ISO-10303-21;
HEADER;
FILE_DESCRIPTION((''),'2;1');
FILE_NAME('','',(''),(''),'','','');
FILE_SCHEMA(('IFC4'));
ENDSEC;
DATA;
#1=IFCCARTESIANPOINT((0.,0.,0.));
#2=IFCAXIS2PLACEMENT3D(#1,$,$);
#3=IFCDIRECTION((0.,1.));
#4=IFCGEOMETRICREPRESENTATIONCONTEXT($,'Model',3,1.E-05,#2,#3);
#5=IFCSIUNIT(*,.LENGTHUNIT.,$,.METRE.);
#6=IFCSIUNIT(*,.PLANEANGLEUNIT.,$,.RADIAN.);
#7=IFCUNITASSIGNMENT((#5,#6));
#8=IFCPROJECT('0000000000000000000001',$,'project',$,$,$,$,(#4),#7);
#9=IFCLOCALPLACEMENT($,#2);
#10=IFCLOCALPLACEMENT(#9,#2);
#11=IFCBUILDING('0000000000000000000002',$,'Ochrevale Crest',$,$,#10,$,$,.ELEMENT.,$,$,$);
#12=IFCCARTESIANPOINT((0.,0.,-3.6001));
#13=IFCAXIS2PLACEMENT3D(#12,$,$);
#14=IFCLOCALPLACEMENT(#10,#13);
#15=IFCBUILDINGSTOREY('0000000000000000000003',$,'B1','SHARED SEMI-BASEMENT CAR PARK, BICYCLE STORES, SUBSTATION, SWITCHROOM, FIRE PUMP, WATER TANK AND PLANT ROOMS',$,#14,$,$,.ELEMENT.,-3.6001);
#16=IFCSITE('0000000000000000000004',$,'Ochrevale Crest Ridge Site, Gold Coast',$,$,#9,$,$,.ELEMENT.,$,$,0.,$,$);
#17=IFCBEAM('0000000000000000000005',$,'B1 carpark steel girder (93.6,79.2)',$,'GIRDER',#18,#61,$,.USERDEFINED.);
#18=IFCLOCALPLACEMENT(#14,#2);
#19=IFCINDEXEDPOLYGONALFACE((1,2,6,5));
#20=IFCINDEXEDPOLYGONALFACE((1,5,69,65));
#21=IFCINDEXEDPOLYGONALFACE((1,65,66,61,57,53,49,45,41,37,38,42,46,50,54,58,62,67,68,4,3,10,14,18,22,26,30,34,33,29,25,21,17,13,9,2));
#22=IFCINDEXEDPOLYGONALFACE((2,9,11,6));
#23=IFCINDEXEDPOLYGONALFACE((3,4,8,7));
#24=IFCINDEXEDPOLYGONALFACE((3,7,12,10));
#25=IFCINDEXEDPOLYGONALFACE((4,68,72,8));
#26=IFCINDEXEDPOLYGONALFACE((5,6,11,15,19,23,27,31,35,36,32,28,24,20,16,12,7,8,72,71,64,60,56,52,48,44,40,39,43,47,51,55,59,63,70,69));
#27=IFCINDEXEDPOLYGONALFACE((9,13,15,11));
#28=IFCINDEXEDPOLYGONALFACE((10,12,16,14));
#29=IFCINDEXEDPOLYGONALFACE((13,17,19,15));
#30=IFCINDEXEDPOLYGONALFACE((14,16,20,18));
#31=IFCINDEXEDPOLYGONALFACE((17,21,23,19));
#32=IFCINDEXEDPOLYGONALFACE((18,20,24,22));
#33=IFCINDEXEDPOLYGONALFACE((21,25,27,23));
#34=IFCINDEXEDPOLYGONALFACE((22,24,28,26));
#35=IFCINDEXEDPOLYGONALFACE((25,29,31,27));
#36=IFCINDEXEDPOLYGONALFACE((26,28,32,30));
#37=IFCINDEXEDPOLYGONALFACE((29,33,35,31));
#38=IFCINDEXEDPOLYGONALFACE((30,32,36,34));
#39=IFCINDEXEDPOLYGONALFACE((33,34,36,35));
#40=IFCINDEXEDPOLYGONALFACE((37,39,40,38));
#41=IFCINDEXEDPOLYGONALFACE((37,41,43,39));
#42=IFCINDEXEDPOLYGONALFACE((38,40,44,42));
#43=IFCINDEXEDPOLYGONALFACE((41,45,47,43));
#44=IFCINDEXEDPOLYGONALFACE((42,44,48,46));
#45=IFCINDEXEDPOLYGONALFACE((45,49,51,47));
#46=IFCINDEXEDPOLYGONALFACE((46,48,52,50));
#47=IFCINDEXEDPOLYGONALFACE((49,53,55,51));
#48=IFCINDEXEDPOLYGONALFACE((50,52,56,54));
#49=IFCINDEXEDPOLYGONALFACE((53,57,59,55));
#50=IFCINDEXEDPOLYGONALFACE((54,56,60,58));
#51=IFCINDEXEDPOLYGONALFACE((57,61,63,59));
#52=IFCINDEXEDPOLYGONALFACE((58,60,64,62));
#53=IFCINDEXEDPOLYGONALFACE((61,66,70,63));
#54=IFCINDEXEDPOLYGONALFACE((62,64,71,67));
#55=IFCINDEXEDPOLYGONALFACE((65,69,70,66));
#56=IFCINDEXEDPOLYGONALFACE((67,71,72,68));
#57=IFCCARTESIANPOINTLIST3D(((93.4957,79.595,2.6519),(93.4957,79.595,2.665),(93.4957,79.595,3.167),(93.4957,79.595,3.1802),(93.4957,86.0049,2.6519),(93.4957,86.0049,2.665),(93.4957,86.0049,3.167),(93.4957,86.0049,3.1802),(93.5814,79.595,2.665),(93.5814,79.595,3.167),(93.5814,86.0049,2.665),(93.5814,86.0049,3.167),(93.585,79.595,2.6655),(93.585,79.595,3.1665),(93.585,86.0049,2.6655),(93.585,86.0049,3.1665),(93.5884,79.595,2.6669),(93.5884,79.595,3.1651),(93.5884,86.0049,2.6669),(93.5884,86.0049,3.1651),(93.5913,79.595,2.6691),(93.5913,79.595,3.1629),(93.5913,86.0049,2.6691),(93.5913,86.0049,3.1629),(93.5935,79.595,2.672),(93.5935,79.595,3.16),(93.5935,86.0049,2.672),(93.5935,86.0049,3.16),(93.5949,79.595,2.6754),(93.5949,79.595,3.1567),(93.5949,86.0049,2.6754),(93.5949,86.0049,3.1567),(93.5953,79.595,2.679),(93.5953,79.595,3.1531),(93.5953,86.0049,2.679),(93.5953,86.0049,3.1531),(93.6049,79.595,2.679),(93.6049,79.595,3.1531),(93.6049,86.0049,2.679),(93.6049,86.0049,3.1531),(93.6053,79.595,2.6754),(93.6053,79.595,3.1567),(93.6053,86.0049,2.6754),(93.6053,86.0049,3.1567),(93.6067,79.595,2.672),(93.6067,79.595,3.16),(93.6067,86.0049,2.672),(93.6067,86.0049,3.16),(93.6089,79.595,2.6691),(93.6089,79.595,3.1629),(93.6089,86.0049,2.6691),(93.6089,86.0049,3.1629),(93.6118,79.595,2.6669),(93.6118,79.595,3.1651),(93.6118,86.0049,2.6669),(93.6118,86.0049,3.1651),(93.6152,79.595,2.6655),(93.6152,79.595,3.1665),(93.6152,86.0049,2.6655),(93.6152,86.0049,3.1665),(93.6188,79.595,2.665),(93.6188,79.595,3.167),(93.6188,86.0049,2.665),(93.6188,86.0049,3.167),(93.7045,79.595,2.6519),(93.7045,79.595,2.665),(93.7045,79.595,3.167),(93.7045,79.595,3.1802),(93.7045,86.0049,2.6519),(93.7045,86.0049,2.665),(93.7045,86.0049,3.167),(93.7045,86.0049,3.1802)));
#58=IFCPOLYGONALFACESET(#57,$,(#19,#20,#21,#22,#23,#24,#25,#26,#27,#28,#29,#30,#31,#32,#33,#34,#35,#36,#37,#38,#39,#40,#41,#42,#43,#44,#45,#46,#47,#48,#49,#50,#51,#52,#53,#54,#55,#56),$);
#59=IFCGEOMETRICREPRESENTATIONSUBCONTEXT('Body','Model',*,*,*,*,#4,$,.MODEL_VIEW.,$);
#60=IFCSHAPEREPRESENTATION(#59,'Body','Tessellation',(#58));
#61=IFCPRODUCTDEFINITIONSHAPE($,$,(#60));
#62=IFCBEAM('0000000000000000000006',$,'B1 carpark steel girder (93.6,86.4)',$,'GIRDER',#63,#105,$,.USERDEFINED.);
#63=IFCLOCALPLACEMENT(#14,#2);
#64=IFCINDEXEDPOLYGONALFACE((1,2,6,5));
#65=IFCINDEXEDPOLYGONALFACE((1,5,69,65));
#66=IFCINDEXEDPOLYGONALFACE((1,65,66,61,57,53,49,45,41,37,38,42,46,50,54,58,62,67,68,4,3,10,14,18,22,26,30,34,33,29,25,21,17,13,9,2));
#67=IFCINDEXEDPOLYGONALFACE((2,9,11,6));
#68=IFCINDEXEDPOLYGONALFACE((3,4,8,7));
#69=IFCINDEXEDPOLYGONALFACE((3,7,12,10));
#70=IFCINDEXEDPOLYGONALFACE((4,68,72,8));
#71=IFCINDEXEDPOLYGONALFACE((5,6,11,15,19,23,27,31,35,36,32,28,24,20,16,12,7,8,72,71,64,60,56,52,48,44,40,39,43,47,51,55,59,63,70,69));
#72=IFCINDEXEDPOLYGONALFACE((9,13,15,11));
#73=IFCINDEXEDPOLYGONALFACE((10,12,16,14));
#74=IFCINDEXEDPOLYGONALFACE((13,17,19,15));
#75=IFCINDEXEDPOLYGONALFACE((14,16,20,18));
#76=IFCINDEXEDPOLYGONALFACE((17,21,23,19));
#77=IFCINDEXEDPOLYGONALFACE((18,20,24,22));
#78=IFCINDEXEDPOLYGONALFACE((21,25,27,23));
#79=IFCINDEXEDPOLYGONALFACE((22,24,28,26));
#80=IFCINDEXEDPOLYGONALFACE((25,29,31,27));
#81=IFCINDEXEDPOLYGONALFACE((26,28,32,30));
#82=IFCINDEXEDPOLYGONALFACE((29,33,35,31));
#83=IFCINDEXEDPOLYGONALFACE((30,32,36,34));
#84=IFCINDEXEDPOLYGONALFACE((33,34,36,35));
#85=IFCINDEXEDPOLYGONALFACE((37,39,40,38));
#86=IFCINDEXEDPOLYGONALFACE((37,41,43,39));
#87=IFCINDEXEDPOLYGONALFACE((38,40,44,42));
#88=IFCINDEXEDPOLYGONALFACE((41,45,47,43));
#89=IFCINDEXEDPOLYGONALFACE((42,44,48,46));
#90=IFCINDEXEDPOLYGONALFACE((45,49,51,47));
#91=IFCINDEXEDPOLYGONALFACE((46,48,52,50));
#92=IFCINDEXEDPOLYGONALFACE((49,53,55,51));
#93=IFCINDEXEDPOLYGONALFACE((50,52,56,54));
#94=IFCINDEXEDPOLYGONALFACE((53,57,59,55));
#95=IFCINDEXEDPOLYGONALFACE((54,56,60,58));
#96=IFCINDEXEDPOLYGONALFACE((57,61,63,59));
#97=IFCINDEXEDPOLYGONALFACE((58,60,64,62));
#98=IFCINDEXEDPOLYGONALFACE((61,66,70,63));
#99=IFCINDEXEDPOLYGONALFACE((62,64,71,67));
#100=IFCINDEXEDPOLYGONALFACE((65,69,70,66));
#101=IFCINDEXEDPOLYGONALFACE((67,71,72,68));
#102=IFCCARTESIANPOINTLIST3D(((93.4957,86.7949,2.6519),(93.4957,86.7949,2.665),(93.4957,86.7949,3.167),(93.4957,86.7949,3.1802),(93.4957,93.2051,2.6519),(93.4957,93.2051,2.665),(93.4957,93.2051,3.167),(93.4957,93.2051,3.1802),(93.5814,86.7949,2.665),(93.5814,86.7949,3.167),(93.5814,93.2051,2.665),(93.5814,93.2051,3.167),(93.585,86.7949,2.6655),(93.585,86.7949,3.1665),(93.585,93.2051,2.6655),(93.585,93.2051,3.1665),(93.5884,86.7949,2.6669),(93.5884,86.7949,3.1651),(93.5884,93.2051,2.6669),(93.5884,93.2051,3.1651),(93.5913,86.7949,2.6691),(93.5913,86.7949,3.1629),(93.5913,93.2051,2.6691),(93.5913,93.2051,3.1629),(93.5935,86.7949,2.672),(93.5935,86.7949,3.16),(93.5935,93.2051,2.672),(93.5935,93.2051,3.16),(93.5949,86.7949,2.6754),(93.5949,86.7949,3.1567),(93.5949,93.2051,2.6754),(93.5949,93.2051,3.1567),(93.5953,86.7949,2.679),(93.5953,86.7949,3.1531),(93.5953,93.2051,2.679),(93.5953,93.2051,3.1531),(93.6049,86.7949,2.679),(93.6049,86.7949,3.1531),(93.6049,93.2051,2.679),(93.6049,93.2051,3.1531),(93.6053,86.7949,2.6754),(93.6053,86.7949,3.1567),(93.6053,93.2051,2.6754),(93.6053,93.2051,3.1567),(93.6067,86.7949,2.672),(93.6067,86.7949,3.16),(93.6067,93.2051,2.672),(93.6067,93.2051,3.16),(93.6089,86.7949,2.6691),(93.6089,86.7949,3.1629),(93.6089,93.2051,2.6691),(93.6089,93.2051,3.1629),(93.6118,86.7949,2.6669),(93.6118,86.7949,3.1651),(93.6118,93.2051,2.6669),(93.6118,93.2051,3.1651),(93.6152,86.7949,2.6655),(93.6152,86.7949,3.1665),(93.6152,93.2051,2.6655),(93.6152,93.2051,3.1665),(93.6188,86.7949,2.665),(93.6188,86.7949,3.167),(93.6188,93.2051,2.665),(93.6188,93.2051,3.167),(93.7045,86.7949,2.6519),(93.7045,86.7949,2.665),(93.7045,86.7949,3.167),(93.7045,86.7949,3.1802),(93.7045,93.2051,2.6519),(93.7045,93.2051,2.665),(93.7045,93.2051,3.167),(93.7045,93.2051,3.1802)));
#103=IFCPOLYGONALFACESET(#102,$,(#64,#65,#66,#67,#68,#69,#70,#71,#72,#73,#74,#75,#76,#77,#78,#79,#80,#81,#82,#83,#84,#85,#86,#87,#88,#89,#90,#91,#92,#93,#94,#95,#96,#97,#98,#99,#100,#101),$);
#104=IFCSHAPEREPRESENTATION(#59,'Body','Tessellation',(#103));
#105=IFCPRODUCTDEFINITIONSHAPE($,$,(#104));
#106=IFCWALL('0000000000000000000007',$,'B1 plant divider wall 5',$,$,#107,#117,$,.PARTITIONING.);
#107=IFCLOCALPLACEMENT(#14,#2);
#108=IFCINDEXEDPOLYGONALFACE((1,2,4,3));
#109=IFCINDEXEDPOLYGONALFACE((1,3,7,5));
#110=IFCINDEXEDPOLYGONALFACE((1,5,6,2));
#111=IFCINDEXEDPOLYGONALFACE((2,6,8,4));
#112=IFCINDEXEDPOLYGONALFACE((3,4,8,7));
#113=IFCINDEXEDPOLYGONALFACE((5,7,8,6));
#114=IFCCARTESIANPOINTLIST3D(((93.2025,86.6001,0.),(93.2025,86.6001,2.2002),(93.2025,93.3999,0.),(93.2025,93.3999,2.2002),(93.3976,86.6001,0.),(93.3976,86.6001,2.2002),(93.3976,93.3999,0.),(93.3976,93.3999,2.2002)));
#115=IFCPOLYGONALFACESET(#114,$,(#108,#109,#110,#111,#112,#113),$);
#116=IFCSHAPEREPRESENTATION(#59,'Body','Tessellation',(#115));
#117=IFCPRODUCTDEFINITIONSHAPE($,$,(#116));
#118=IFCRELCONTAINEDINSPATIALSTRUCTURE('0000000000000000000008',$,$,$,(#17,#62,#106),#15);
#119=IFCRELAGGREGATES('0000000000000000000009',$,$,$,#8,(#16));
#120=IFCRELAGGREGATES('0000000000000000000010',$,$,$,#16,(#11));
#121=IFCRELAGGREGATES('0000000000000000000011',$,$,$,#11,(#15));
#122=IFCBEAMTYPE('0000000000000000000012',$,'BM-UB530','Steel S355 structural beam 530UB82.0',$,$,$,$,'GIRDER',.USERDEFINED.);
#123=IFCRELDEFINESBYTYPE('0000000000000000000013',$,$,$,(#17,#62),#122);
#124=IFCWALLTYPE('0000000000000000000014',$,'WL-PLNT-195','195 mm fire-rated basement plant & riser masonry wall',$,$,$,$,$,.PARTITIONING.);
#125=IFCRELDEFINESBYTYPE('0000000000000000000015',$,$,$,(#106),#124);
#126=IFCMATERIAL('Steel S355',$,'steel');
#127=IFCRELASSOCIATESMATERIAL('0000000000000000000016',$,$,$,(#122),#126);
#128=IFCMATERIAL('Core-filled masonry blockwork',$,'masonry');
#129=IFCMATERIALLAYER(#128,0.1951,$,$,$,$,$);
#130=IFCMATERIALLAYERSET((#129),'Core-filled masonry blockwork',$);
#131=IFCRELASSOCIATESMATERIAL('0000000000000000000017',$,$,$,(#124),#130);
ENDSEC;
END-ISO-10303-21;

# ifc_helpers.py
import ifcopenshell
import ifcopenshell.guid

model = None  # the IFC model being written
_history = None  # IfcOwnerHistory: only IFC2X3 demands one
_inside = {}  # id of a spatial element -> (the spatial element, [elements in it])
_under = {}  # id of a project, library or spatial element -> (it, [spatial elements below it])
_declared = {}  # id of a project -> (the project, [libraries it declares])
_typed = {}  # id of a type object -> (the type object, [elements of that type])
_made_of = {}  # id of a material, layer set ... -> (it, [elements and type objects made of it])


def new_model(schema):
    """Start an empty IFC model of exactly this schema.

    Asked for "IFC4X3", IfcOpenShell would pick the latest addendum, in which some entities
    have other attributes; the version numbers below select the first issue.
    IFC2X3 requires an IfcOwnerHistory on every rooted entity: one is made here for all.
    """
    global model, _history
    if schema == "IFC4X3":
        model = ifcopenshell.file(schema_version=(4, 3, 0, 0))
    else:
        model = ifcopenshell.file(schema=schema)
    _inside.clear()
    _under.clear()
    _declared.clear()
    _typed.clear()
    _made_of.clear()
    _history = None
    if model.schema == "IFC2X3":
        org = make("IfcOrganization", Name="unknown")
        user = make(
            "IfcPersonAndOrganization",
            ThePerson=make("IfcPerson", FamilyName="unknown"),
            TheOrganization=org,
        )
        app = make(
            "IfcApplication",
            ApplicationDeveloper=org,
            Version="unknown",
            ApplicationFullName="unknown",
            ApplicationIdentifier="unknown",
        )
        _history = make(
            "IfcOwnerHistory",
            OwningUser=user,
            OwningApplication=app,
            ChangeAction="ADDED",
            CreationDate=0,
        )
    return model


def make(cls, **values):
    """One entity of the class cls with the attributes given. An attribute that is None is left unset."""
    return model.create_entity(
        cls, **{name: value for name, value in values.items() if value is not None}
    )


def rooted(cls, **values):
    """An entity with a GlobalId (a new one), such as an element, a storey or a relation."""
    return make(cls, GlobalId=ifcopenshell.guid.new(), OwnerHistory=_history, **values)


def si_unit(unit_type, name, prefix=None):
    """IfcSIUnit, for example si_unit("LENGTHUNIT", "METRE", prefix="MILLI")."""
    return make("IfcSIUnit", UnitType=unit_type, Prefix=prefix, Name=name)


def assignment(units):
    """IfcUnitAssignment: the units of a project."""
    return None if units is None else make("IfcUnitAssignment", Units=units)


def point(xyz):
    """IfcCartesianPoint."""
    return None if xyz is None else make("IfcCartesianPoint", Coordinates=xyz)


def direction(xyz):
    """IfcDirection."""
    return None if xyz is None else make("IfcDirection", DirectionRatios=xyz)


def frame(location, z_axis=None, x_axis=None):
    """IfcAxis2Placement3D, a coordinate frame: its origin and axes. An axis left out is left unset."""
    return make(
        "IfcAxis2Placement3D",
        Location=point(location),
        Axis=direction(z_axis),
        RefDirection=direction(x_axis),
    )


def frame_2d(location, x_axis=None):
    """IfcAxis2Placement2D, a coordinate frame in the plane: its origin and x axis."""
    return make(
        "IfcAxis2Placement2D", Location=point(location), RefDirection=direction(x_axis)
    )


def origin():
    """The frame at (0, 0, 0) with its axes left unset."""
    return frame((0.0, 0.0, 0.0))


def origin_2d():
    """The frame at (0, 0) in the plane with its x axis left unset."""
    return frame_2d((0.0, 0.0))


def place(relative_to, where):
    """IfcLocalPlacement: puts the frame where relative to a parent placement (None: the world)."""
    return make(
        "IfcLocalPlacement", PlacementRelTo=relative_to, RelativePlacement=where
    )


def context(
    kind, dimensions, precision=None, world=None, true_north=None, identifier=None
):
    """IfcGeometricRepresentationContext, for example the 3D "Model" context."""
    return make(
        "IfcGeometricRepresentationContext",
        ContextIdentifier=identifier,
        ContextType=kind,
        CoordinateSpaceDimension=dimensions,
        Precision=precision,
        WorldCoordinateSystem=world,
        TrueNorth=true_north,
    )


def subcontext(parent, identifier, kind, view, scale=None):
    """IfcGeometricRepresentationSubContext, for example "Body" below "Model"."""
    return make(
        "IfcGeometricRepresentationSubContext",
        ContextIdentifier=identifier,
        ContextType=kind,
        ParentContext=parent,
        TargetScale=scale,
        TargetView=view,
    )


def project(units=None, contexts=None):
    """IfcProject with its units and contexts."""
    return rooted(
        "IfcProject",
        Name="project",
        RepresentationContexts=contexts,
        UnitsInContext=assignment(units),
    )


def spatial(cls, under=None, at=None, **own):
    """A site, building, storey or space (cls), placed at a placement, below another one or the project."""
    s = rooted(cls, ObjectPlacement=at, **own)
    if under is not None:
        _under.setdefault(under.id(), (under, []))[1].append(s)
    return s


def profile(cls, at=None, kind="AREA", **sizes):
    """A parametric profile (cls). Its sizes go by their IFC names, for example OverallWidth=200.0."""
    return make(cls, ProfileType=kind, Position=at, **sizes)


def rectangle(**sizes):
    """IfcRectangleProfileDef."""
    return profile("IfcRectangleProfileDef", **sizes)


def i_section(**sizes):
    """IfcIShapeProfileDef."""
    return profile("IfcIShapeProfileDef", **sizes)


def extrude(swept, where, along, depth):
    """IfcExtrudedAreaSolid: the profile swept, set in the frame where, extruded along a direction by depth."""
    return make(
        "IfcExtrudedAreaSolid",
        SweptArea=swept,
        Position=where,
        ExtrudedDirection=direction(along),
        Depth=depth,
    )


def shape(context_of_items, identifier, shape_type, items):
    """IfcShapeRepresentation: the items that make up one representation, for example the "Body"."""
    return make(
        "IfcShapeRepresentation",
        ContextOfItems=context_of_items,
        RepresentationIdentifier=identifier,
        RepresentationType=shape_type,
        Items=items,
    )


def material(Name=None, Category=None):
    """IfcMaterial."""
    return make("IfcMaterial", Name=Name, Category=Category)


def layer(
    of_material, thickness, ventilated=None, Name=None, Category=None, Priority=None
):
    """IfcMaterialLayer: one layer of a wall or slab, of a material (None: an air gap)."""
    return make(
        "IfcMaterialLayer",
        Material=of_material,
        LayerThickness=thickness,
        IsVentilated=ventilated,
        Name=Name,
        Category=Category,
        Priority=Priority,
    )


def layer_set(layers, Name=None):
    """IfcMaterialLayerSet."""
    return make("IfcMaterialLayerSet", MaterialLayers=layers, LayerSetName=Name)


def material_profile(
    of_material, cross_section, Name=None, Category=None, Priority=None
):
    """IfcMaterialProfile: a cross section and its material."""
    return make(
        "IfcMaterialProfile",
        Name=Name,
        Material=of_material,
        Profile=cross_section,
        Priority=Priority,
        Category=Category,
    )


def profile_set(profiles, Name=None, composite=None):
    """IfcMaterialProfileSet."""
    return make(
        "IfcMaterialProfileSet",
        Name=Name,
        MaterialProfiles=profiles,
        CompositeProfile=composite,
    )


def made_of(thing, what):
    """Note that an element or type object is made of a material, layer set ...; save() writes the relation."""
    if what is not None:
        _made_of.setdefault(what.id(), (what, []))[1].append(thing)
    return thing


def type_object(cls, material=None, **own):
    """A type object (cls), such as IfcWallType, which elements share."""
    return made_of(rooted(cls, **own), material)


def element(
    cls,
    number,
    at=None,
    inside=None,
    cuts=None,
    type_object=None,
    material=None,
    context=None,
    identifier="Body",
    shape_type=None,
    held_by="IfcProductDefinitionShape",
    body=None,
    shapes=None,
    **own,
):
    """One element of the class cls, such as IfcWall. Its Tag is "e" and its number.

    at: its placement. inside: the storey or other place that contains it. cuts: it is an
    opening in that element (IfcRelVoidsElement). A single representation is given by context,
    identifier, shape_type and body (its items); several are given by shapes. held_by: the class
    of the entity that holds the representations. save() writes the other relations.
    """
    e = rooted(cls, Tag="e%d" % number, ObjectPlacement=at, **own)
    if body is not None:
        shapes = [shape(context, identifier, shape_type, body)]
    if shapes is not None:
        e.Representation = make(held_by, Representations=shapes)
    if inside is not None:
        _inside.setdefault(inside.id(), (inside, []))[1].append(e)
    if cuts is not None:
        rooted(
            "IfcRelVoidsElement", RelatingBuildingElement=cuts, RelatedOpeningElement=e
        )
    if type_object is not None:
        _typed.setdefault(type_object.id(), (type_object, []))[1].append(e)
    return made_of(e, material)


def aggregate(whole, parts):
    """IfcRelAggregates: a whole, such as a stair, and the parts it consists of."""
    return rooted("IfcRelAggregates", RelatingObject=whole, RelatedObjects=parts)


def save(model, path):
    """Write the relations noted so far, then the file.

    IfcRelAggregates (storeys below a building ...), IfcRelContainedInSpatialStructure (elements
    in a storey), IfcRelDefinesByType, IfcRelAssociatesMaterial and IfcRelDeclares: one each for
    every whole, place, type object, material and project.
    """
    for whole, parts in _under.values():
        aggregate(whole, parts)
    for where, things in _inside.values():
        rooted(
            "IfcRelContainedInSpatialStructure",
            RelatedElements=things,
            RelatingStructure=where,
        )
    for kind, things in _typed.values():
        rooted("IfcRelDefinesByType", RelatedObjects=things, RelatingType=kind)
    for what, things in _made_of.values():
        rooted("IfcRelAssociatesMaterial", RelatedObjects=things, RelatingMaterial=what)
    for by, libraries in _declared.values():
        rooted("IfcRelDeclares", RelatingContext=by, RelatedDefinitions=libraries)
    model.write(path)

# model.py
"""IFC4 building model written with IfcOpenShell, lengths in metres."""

from ifc_helpers import new_model, si_unit, direction, frame, frame_2d, origin, origin_2d, place, context, subcontext, project, spatial, rectangle, i_section, extrude, material, layer, layer_set, material_profile, profile_set, type_object, element, save


model = new_model("IFC4")

# Units and contexts
model_context = context("Model", 3, precision=1e-05, world=origin(), true_north=direction((0.0, 1.0)))
body_context = subcontext(model_context, "Body", "Model", "MODEL_VIEW")
ifc_project = project(units=[si_unit("LENGTHUNIT", "METRE"), si_unit("PLANEANGLEUNIT", "RADIAN")], contexts=[model_context])

# Site, building, storey
site_placement = place(None, origin())
site = spatial("IfcSite", under=ifc_project, at=site_placement, Name="Ochrevale Crest Ridge Site, Gold Coast", CompositionType="ELEMENT", RefElevation=0.0)
building_placement = place(site_placement, origin())
building = spatial("IfcBuilding", under=site, at=building_placement, Name="Ochrevale Crest", CompositionType="ELEMENT")
storey_placement = place(building_placement, frame((0.0, 0.0, -3.6001)))
storey = spatial("IfcBuildingStorey", under=building, at=storey_placement, Name="B1", Description="SHARED SEMI-BASEMENT CAR PARK, BICYCLE STORES, SUBSTATION, SWITCHROOM, FIRE PUMP, WATER TANK AND PLANT ROOMS", CompositionType="ELEMENT", Elevation=-3.6001)

# Beams
ifc_material_1 = material(Name="Steel S355", Category="steel")
ifc_material_profile_1 = material_profile(ifc_material_1, i_section(OverallWidth=0.2087, OverallDepth=0.5283, WebThickness=0.0095, FlangeThickness=0.0132, FilletRadius=0.0139, at=origin_2d()), Name="530UB82.0")
ifc_profile_set_1 = profile_set([ifc_material_profile_1], Name="Steel S355")
beam_type_1 = type_object("IfcBeamType", Name="BM-UB530", Description="Steel S355 structural beam 530UB82.0", ElementType="GIRDER", PredefinedType="USERDEFINED", material=ifc_profile_set_1)
beam_1_placement = place(storey_placement, frame((93.6001, 79.595, 2.916), z_axis=(0.0, 1.0, 0.0), x_axis=(-1.0, 0.0, 0.0)))
element("IfcBeam", 1, at=beam_1_placement, inside=storey, type_object=beam_type_1, Name="B1 carpark steel girder (93.6,79.2)", ObjectType="GIRDER", PredefinedType="USERDEFINED", context=body_context, shape_type="SweptSolid", body=[
    extrude(i_section(OverallWidth=0.2087, OverallDepth=0.5283, WebThickness=0.0095, FlangeThickness=0.0132, FilletRadius=0.0139, at=origin_2d()), origin(), (0.0, 0.0, 1.0), 6.4099),
])
beam_2_placement = place(storey_placement, frame((93.6001, 86.7949, 2.916), z_axis=(0.0, 1.0, 0.0), x_axis=(-1.0, 0.0, 0.0)))
element("IfcBeam", 2, at=beam_2_placement, inside=storey, type_object=beam_type_1, Name="B1 carpark steel girder (93.6,86.4)", ObjectType="GIRDER", PredefinedType="USERDEFINED", context=body_context, shape_type="SweptSolid", body=[
    extrude(i_section(OverallWidth=0.2087, OverallDepth=0.5283, WebThickness=0.0095, FlangeThickness=0.0132, FilletRadius=0.0139, at=origin_2d()), origin(), (0.0, 0.0, 1.0), 6.4102),
])

# Shared definitions
ifc_material_2 = material(Name="Core-filled masonry blockwork", Category="masonry")
ifc_layer = layer(ifc_material_2, 0.1951)
ifc_layer_set = layer_set([ifc_layer], Name="Core-filled masonry blockwork")
wall_type = type_object("IfcWallType", Name="WL-PLNT-195", Description="195 mm fire-rated basement plant & riser masonry wall", PredefinedType="PARTITIONING", material=ifc_layer_set)

# Wall
wall_1_placement = place(storey_placement, frame((93.3, 86.6001, 0.0), z_axis=(0.0, 0.0, 1.0), x_axis=(0.0, 1.0, 0.0)))
element("IfcWall", 3, at=wall_1_placement, inside=storey, type_object=wall_type, Name="B1 plant divider wall 5", PredefinedType="PARTITIONING", context=body_context, shape_type="SweptSolid", body=[
    extrude(rectangle(XDim=6.7998, YDim=0.1951, at=frame_2d((3.3999, 0.0))), origin(), (0.0, 0.0, 1.0), 2.2002),
])

save(model, "model.ifc")
